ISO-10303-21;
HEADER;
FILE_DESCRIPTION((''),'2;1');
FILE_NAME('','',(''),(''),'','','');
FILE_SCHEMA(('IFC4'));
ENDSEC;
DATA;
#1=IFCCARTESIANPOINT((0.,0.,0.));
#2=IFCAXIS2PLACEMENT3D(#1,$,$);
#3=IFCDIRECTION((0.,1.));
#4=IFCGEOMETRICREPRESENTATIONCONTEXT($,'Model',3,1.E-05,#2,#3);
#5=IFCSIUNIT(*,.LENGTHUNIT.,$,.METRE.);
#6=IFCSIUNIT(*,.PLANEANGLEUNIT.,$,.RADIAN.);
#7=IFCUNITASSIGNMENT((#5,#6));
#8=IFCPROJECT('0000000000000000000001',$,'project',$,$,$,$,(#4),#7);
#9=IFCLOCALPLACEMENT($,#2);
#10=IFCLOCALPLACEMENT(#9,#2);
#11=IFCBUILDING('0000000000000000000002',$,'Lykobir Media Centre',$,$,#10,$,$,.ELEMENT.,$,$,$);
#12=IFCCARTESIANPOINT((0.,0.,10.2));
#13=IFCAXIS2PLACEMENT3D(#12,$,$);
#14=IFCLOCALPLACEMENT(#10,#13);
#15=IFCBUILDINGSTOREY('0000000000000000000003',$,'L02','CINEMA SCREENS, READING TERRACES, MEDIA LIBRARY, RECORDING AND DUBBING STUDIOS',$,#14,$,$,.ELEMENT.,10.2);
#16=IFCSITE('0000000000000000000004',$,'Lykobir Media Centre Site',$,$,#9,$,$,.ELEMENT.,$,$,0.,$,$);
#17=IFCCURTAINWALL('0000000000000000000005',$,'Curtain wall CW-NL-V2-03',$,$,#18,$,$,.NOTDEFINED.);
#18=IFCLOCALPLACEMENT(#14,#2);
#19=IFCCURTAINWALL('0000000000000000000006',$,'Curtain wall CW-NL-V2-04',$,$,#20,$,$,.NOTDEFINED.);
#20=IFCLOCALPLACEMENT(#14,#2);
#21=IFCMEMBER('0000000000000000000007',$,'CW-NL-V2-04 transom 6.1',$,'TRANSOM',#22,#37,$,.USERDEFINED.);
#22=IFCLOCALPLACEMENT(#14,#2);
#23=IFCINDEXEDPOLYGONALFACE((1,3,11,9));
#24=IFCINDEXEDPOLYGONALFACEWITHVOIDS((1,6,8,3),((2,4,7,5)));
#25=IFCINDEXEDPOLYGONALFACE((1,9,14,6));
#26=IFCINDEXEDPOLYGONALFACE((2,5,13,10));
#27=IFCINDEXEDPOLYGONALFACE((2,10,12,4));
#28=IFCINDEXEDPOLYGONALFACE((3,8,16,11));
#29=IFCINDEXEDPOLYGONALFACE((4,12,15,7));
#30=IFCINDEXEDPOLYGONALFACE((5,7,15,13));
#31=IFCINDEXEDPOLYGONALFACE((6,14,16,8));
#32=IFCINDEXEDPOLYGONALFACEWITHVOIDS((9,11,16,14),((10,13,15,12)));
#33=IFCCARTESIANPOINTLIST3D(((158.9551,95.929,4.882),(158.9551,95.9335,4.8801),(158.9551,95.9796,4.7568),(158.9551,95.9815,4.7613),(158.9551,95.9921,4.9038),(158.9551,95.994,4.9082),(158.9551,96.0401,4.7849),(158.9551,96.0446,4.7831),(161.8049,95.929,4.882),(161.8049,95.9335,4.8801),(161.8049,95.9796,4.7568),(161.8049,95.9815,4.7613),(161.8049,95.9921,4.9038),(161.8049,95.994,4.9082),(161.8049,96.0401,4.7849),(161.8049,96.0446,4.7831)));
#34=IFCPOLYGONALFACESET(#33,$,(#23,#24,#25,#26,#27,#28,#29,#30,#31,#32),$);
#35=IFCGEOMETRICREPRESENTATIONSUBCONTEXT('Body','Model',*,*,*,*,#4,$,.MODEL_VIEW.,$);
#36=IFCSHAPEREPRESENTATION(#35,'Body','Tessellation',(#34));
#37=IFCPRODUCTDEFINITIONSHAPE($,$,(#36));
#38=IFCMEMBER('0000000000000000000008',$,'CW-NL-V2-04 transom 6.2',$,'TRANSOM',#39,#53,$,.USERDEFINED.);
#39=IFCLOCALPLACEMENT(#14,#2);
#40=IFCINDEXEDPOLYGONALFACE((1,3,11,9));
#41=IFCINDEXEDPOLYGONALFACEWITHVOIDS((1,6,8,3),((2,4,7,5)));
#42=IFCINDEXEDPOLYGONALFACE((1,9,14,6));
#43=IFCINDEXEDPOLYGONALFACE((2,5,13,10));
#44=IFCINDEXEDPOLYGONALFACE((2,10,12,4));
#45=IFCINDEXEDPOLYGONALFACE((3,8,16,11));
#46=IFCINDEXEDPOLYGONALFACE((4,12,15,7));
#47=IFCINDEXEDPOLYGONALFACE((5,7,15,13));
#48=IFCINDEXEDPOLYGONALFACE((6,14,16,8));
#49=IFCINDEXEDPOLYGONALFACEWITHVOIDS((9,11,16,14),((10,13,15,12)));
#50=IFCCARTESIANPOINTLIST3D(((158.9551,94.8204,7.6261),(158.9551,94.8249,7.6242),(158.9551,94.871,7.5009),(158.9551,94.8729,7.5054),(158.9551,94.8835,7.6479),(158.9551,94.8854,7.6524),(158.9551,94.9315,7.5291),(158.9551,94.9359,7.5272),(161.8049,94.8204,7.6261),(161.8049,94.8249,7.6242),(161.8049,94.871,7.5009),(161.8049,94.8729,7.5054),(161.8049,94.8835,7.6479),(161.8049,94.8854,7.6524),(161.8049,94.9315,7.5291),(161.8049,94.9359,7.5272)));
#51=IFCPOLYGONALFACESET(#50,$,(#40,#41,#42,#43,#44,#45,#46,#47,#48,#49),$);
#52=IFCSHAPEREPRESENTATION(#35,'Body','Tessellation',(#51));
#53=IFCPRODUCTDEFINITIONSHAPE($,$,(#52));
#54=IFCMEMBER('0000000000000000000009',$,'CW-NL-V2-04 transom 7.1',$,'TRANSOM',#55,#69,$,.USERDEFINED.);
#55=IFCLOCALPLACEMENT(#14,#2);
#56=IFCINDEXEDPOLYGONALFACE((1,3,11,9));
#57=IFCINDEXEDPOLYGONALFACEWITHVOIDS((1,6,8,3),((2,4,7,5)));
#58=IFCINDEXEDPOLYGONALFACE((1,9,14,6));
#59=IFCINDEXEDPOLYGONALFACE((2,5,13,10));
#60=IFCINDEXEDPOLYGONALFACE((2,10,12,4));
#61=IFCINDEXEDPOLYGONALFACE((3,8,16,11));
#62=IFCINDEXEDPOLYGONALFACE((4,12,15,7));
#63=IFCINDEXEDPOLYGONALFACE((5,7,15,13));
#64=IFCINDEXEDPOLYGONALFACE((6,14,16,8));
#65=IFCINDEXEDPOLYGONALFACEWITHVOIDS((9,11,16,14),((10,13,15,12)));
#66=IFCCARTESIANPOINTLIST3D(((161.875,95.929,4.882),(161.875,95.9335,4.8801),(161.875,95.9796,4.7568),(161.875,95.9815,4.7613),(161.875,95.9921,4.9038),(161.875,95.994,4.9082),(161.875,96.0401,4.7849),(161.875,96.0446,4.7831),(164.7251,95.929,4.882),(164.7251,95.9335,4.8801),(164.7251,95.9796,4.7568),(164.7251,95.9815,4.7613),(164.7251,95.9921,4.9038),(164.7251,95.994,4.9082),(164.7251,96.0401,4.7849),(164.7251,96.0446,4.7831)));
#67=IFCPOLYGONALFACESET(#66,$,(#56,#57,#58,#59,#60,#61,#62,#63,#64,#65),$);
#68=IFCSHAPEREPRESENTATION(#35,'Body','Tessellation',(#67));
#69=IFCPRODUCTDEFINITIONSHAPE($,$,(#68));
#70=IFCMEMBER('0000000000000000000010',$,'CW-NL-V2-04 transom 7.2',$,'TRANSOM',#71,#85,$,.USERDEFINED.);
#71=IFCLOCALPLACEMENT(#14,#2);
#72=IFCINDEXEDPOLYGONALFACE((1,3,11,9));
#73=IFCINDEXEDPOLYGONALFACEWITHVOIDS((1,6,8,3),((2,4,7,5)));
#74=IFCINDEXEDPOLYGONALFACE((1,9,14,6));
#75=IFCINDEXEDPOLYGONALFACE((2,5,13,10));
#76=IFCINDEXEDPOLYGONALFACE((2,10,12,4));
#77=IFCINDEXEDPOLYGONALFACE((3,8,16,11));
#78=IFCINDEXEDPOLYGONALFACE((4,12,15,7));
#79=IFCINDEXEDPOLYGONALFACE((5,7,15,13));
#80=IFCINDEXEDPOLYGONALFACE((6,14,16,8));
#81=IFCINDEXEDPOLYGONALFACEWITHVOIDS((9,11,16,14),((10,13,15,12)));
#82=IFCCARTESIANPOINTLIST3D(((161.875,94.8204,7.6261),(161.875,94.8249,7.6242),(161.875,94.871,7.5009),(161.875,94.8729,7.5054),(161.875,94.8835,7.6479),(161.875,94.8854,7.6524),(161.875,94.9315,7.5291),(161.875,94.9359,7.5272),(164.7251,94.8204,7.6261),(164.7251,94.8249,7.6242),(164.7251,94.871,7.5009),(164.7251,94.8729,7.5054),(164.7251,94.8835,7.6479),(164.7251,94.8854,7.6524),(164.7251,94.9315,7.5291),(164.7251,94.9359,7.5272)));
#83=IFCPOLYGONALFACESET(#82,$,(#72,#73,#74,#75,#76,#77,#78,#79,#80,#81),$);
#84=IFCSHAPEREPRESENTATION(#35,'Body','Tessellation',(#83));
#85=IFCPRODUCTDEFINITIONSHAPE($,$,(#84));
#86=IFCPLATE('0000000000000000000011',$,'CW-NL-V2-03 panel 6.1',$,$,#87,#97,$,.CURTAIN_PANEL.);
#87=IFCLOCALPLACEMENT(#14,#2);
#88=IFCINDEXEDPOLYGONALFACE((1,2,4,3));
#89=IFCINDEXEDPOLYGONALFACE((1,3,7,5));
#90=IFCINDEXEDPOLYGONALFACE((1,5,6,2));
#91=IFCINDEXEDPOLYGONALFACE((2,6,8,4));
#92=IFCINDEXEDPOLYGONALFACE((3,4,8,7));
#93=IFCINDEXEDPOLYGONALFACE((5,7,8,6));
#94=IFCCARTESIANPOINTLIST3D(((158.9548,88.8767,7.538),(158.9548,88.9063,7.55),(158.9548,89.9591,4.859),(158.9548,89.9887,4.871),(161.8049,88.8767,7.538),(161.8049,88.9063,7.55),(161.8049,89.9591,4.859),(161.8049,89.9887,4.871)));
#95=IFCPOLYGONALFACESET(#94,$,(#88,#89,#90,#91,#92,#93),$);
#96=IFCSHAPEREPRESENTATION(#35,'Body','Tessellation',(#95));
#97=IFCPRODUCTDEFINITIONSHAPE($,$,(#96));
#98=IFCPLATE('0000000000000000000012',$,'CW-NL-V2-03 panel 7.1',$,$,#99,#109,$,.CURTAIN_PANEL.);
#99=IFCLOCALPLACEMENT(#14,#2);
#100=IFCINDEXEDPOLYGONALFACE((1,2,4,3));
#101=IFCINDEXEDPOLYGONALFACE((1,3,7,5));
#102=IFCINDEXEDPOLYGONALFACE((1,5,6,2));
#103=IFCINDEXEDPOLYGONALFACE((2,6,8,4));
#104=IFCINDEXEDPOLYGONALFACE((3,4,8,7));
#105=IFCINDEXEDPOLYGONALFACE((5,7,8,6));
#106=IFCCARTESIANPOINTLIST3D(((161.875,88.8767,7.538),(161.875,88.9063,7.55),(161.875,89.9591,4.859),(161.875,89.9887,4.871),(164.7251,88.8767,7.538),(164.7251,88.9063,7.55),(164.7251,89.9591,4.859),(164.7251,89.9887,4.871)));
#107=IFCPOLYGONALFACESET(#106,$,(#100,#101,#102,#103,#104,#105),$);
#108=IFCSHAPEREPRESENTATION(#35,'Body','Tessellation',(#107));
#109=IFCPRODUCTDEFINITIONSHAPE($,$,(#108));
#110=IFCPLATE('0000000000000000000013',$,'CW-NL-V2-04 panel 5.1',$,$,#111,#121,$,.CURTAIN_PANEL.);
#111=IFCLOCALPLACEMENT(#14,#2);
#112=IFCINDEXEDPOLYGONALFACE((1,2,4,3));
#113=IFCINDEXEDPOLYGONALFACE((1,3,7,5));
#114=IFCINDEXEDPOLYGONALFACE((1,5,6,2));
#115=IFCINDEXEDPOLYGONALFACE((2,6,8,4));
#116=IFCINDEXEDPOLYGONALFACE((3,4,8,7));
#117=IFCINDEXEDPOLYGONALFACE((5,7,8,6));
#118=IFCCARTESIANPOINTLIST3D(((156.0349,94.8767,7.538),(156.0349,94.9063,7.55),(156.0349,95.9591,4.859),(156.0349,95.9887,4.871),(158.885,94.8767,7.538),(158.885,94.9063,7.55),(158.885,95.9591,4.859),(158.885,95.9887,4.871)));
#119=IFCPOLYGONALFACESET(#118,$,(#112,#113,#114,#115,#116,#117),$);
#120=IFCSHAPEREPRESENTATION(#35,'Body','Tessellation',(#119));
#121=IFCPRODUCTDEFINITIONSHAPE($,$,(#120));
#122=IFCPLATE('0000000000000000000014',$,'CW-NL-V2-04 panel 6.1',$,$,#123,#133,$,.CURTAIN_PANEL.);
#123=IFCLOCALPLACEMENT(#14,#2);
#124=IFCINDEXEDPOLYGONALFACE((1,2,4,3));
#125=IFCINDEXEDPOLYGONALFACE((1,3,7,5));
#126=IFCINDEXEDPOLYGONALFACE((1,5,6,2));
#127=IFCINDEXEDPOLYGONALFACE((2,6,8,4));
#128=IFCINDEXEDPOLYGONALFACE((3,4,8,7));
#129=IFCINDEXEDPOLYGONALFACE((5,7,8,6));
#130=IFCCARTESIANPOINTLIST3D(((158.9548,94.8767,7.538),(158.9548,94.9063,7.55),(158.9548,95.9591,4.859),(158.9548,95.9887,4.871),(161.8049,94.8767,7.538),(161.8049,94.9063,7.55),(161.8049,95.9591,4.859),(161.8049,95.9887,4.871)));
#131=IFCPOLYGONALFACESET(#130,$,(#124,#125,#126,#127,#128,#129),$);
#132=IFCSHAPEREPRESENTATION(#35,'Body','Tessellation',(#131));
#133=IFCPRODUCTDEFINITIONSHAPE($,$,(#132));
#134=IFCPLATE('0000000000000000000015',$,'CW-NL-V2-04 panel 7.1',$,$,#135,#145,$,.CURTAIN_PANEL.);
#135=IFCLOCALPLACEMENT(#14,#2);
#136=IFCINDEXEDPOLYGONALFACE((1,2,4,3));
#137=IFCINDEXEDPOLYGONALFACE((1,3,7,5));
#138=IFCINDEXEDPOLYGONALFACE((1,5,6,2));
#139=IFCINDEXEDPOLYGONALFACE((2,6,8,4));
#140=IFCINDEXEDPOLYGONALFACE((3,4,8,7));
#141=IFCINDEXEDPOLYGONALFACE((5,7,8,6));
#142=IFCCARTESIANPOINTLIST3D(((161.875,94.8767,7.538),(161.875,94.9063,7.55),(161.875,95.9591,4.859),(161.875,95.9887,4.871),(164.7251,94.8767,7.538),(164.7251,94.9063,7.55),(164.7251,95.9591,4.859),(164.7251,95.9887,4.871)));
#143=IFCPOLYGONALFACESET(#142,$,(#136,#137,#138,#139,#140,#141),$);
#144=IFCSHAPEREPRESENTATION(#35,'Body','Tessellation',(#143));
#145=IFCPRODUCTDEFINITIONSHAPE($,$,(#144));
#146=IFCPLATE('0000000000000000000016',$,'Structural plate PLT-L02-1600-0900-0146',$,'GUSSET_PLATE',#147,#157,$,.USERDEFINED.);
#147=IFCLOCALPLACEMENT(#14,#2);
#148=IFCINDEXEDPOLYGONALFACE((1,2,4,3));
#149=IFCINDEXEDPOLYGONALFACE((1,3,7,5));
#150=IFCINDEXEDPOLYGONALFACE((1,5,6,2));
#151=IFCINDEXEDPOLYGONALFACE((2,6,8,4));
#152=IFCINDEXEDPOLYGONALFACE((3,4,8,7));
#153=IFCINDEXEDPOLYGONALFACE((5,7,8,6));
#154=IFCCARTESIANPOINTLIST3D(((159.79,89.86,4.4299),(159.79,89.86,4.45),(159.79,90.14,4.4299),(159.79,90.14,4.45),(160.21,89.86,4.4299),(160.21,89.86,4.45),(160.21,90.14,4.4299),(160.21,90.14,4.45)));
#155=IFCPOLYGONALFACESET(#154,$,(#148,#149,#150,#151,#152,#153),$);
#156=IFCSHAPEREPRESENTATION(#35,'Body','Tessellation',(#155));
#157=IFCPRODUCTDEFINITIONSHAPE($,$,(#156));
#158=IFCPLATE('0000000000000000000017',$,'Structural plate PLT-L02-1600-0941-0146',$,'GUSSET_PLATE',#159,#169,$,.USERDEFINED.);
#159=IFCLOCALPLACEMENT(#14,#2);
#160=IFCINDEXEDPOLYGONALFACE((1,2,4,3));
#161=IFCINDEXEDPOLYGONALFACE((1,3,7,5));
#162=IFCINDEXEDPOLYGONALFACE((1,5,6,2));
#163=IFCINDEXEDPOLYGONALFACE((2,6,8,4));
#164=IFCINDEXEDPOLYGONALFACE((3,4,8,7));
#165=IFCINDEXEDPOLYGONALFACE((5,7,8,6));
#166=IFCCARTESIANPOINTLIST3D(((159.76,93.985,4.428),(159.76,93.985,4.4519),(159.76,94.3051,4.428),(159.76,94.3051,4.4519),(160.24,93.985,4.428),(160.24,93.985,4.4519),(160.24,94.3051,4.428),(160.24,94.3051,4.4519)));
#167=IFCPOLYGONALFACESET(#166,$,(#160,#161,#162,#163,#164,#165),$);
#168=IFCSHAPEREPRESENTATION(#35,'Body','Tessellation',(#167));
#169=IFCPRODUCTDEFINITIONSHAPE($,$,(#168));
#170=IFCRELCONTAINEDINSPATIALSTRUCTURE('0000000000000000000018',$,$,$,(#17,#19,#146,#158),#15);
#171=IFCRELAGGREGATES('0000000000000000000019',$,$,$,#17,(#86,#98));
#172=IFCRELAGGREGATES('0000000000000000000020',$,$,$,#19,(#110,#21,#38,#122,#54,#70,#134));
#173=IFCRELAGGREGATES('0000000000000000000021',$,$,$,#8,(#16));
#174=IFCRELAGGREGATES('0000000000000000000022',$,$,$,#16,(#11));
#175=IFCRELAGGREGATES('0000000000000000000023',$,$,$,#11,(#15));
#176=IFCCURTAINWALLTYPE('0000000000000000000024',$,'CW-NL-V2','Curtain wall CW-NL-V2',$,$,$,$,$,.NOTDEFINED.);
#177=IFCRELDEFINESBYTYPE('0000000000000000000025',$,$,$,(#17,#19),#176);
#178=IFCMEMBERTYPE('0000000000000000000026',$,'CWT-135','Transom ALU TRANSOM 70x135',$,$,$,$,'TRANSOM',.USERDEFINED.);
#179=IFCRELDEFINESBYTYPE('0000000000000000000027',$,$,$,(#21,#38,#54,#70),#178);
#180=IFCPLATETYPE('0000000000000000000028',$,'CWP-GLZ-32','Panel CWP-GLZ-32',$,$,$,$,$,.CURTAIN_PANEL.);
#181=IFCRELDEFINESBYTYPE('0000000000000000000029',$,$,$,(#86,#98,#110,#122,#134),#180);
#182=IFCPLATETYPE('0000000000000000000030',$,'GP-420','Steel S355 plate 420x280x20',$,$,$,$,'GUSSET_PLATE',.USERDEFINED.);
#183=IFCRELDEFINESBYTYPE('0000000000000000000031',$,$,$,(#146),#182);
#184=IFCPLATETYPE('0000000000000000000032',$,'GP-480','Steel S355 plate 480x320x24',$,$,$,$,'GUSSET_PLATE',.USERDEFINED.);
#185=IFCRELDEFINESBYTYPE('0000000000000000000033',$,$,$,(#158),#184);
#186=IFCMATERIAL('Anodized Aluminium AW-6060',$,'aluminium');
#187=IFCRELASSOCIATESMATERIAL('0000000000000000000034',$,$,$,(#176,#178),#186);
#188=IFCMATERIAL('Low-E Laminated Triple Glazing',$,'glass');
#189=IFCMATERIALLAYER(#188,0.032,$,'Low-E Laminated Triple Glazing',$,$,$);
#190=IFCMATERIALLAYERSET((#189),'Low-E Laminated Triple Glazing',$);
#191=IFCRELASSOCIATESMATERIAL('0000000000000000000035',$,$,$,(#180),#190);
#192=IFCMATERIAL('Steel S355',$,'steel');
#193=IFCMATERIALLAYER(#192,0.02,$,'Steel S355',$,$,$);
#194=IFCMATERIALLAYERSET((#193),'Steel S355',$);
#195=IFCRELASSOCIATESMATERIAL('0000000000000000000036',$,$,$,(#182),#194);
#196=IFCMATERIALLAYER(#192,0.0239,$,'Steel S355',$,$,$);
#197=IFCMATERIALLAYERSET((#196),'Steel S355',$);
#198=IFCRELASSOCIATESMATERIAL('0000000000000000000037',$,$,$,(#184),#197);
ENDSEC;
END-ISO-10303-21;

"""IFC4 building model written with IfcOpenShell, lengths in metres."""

from ifc_helpers import new_model, si_unit, direction, frame, origin, origin_2d, place, context, subcontext, project, spatial, rectangle, hollow_rectangle, extrude, material, layer, layer_set, material_profile, profile_set, type_object, element, aggregate, save


model = new_model("IFC4")

# Units and contexts
model_context = context("Model", 3, precision=1e-05, world=origin(), true_north=direction((0.0, 1.0)))
body_context = subcontext(model_context, "Body", "Model", "MODEL_VIEW")
ifc_project = project(units=[si_unit("LENGTHUNIT", "METRE"), si_unit("PLANEANGLEUNIT", "RADIAN")], contexts=[model_context])

# Site, building, storey
site_placement = place(None, origin())
site = spatial("IfcSite", under=ifc_project, at=site_placement, Name="Lykobir Media Centre Site", CompositionType="ELEMENT", RefElevation=0.0)
building_placement = place(site_placement, origin())
building = spatial("IfcBuilding", under=site, at=building_placement, Name="Lykobir Media Centre", CompositionType="ELEMENT")
storey_placement = place(building_placement, frame((0.0, 0.0, 10.2)))
storey = spatial("IfcBuildingStorey", under=building, at=storey_placement, Name="L02", Description="CINEMA SCREENS, READING TERRACES, MEDIA LIBRARY, RECORDING AND DUBBING STUDIOS", CompositionType="ELEMENT", Elevation=10.2)

# Shared definitions
ifc_material_1 = material(Name="Steel S355", Category="steel")

# Curtain wall
ifc_material_2 = material(Name="Anodized Aluminium AW-6060", Category="aluminium")
curtain_wall_type = type_object("IfcCurtainWallType", Name="CW-NL-V2", Description="Curtain wall CW-NL-V2", PredefinedType="NOTDEFINED", material=ifc_material_2)
curtain_wall_1_placement = place(storey_placement, origin())
curtain_wall_1 = element("IfcCurtainWall", 1, at=curtain_wall_1_placement, inside=storey, type_object=curtain_wall_type, Name="Curtain wall CW-NL-V2-03", PredefinedType="NOTDEFINED")

# Curtain wall
curtain_wall_2_placement = place(storey_placement, origin())
curtain_wall_2 = element("IfcCurtainWall", 2, at=curtain_wall_2_placement, inside=storey, type_object=curtain_wall_type, Name="Curtain wall CW-NL-V2-04", PredefinedType="NOTDEFINED")

# Members
ifc_material_profile_1 = material_profile(ifc_material_2, hollow_rectangle(XDim=0.0701, YDim=0.135, WallThickness=0.0034, at=origin_2d()), Name="ALU TRANSOM 70x135")
ifc_profile_set_1 = profile_set([ifc_material_profile_1], Name="Anodized Aluminium AW-6060")
member_type_1 = type_object("IfcMemberType", Name="CWT-135", Description="Transom ALU TRANSOM 70x135", ElementType="TRANSOM", PredefinedType="USERDEFINED", material=ifc_profile_set_1)
member_1_placement = place(storey_placement, frame((158.9551, 95.9868, 4.8325), z_axis=(1.0, 0.0, 0.0), x_axis=(0.0, 0.927184, 0.374607)))
member_1 = element("IfcMember", 3, at=member_1_placement, type_object=member_type_1, Name="CW-NL-V2-04 transom 6.1", ObjectType="TRANSOM", PredefinedType="USERDEFINED", context=body_context, shape_type="SweptSolid", body=[
    extrude(hollow_rectangle(XDim=0.0701, YDim=0.135, WallThickness=0.0034, at=origin_2d()), origin(), (0.0, 0.0, 1.0), 2.8499),
])
member_2_placement = place(storey_placement, frame((158.9551, 94.8782, 7.5767), z_axis=(1.0, 0.0, 0.0), x_axis=(0.0, 0.927184, 0.374607)))
member_2 = element("IfcMember", 4, at=member_2_placement, type_object=member_type_1, Name="CW-NL-V2-04 transom 6.2", ObjectType="TRANSOM", PredefinedType="USERDEFINED", context=body_context, shape_type="SweptSolid", body=[
    extrude(hollow_rectangle(XDim=0.0701, YDim=0.135, WallThickness=0.0034, at=origin_2d()), origin(), (0.0, 0.0, 1.0), 2.8499),
])
member_3_placement = place(storey_placement, frame((161.875, 95.9868, 4.8325), z_axis=(1.0, 0.0, 0.0), x_axis=(0.0, 0.927184, 0.374607)))
member_3 = element("IfcMember", 5, at=member_3_placement, type_object=member_type_1, Name="CW-NL-V2-04 transom 7.1", ObjectType="TRANSOM", PredefinedType="USERDEFINED", context=body_context, shape_type="SweptSolid", body=[
    extrude(hollow_rectangle(XDim=0.0701, YDim=0.135, WallThickness=0.0034, at=origin_2d()), origin(), (0.0, 0.0, 1.0), 2.8501),
])
member_4_placement = place(storey_placement, frame((161.875, 94.8782, 7.5767), z_axis=(1.0, 0.0, 0.0), x_axis=(0.0, 0.927184, 0.374607)))
member_4 = element("IfcMember", 6, at=member_4_placement, type_object=member_type_1, Name="CW-NL-V2-04 transom 7.2", ObjectType="TRANSOM", PredefinedType="USERDEFINED", context=body_context, shape_type="SweptSolid", body=[
    extrude(hollow_rectangle(XDim=0.0701, YDim=0.135, WallThickness=0.0034, at=origin_2d()), origin(), (0.0, 0.0, 1.0), 2.8501),
])

# Plates
ifc_material_3 = material(Name="Low-E Laminated Triple Glazing", Category="glass")
ifc_layer_1 = layer(ifc_material_3, 0.032, Name="Low-E Laminated Triple Glazing")
ifc_layer_set_1 = layer_set([ifc_layer_1], Name="Low-E Laminated Triple Glazing")
plate_type_1 = type_object("IfcPlateType", Name="CWP-GLZ-32", Description="Panel CWP-GLZ-32", PredefinedType="CURTAIN_PANEL", material=ifc_layer_set_1)
plate_1_placement = place(storey_placement, frame((160.3799, 89.9739, 4.865), z_axis=(0.0, -0.374607, 0.927184), x_axis=(1.0, 0.0, 0.0)))
plate_1 = element("IfcPlate", 7, at=plate_1_placement, type_object=plate_type_1, Name="CW-NL-V2-03 panel 6.1", PredefinedType="CURTAIN_PANEL", context=body_context, shape_type="SweptSolid", body=[
    extrude(rectangle(XDim=2.8501, YDim=0.032, at=origin_2d()), origin(), (0.0, 0.0, 1.0), 2.8894),
])
plate_2_placement = place(storey_placement, frame((163.3, 89.9739, 4.865), z_axis=(0.0, -0.374607, 0.927184), x_axis=(1.0, 0.0, 0.0)))
plate_2 = element("IfcPlate", 8, at=plate_2_placement, type_object=plate_type_1, Name="CW-NL-V2-03 panel 7.1", PredefinedType="CURTAIN_PANEL", context=body_context, shape_type="SweptSolid", body=[
    extrude(rectangle(XDim=2.8501, YDim=0.032, at=origin_2d()), origin(), (0.0, 0.0, 1.0), 2.8894),
])
aggregate(curtain_wall_1, [plate_1, plate_2])
plate_3_placement = place(storey_placement, frame((157.46, 95.9739, 4.865), z_axis=(0.0, -0.374607, 0.927184), x_axis=(1.0, 0.0, 0.0)))
plate_3 = element("IfcPlate", 9, at=plate_3_placement, type_object=plate_type_1, Name="CW-NL-V2-04 panel 5.1", PredefinedType="CURTAIN_PANEL", context=body_context, shape_type="SweptSolid", body=[
    extrude(rectangle(XDim=2.8501, YDim=0.032, at=origin_2d()), origin(), (0.0, 0.0, 1.0), 2.8894),
])
plate_4_placement = place(storey_placement, frame((160.3799, 95.9739, 4.865), z_axis=(0.0, -0.374607, 0.927184), x_axis=(1.0, 0.0, 0.0)))
plate_4 = element("IfcPlate", 10, at=plate_4_placement, type_object=plate_type_1, Name="CW-NL-V2-04 panel 6.1", PredefinedType="CURTAIN_PANEL", context=body_context, shape_type="SweptSolid", body=[
    extrude(rectangle(XDim=2.8501, YDim=0.032, at=origin_2d()), origin(), (0.0, 0.0, 1.0), 2.8894),
])
plate_5_placement = place(storey_placement, frame((163.3, 95.9739, 4.865), z_axis=(0.0, -0.374607, 0.927184), x_axis=(1.0, 0.0, 0.0)))
plate_5 = element("IfcPlate", 11, at=plate_5_placement, type_object=plate_type_1, Name="CW-NL-V2-04 panel 7.1", PredefinedType="CURTAIN_PANEL", context=body_context, shape_type="SweptSolid", body=[
    extrude(rectangle(XDim=2.8501, YDim=0.032, at=origin_2d()), origin(), (0.0, 0.0, 1.0), 2.8894),
])
aggregate(curtain_wall_2, [plate_3, member_1, member_2, plate_4, member_3, member_4, plate_5])

# Plates
ifc_layer_2 = layer(ifc_material_1, 0.02, Name="Steel S355")
ifc_layer_set_2 = layer_set([ifc_layer_2], Name="Steel S355")
plate_type_2 = type_object("IfcPlateType", Name="GP-420", Description="Steel S355 plate 420x280x20", ElementType="GUSSET_PLATE", PredefinedType="USERDEFINED", material=ifc_layer_set_2)
plate_6_placement = place(storey_placement, frame((160.0, 90.0, 4.4299), z_axis=(0.0, 0.0, 1.0), x_axis=(1.0, 0.0, 0.0)))
element("IfcPlate", 12, at=plate_6_placement, inside=storey, type_object=plate_type_2, Name="Structural plate PLT-L02-1600-0900-0146", ObjectType="GUSSET_PLATE", PredefinedType="USERDEFINED", context=body_context, shape_type="SweptSolid", body=[
    extrude(rectangle(XDim=0.4199, YDim=0.28, at=origin_2d()), origin(), (0.0, 0.0, 1.0), 0.02),
])
ifc_layer_3 = layer(ifc_material_1, 0.0239, Name="Steel S355")
ifc_layer_set_3 = layer_set([ifc_layer_3], Name="Steel S355")
plate_type_3 = type_object("IfcPlateType", Name="GP-480", Description="Steel S355 plate 480x320x24", ElementType="GUSSET_PLATE", PredefinedType="USERDEFINED", material=ifc_layer_set_3)
plate_7_placement = place(storey_placement, frame((160.0, 94.145, 4.428), z_axis=(0.0, 0.0, 1.0), x_axis=(1.0, 0.0, 0.0)))
element("IfcPlate", 13, at=plate_7_placement, inside=storey, type_object=plate_type_3, Name="Structural plate PLT-L02-1600-0941-0146", ObjectType="GUSSET_PLATE", PredefinedType="USERDEFINED", context=body_context, shape_type="SweptSolid", body=[
    extrude(rectangle(XDim=0.48, YDim=0.3201, at=origin_2d()), origin(), (0.0, 0.0, 1.0), 0.0239),
])

save(model, "model.ifc")
